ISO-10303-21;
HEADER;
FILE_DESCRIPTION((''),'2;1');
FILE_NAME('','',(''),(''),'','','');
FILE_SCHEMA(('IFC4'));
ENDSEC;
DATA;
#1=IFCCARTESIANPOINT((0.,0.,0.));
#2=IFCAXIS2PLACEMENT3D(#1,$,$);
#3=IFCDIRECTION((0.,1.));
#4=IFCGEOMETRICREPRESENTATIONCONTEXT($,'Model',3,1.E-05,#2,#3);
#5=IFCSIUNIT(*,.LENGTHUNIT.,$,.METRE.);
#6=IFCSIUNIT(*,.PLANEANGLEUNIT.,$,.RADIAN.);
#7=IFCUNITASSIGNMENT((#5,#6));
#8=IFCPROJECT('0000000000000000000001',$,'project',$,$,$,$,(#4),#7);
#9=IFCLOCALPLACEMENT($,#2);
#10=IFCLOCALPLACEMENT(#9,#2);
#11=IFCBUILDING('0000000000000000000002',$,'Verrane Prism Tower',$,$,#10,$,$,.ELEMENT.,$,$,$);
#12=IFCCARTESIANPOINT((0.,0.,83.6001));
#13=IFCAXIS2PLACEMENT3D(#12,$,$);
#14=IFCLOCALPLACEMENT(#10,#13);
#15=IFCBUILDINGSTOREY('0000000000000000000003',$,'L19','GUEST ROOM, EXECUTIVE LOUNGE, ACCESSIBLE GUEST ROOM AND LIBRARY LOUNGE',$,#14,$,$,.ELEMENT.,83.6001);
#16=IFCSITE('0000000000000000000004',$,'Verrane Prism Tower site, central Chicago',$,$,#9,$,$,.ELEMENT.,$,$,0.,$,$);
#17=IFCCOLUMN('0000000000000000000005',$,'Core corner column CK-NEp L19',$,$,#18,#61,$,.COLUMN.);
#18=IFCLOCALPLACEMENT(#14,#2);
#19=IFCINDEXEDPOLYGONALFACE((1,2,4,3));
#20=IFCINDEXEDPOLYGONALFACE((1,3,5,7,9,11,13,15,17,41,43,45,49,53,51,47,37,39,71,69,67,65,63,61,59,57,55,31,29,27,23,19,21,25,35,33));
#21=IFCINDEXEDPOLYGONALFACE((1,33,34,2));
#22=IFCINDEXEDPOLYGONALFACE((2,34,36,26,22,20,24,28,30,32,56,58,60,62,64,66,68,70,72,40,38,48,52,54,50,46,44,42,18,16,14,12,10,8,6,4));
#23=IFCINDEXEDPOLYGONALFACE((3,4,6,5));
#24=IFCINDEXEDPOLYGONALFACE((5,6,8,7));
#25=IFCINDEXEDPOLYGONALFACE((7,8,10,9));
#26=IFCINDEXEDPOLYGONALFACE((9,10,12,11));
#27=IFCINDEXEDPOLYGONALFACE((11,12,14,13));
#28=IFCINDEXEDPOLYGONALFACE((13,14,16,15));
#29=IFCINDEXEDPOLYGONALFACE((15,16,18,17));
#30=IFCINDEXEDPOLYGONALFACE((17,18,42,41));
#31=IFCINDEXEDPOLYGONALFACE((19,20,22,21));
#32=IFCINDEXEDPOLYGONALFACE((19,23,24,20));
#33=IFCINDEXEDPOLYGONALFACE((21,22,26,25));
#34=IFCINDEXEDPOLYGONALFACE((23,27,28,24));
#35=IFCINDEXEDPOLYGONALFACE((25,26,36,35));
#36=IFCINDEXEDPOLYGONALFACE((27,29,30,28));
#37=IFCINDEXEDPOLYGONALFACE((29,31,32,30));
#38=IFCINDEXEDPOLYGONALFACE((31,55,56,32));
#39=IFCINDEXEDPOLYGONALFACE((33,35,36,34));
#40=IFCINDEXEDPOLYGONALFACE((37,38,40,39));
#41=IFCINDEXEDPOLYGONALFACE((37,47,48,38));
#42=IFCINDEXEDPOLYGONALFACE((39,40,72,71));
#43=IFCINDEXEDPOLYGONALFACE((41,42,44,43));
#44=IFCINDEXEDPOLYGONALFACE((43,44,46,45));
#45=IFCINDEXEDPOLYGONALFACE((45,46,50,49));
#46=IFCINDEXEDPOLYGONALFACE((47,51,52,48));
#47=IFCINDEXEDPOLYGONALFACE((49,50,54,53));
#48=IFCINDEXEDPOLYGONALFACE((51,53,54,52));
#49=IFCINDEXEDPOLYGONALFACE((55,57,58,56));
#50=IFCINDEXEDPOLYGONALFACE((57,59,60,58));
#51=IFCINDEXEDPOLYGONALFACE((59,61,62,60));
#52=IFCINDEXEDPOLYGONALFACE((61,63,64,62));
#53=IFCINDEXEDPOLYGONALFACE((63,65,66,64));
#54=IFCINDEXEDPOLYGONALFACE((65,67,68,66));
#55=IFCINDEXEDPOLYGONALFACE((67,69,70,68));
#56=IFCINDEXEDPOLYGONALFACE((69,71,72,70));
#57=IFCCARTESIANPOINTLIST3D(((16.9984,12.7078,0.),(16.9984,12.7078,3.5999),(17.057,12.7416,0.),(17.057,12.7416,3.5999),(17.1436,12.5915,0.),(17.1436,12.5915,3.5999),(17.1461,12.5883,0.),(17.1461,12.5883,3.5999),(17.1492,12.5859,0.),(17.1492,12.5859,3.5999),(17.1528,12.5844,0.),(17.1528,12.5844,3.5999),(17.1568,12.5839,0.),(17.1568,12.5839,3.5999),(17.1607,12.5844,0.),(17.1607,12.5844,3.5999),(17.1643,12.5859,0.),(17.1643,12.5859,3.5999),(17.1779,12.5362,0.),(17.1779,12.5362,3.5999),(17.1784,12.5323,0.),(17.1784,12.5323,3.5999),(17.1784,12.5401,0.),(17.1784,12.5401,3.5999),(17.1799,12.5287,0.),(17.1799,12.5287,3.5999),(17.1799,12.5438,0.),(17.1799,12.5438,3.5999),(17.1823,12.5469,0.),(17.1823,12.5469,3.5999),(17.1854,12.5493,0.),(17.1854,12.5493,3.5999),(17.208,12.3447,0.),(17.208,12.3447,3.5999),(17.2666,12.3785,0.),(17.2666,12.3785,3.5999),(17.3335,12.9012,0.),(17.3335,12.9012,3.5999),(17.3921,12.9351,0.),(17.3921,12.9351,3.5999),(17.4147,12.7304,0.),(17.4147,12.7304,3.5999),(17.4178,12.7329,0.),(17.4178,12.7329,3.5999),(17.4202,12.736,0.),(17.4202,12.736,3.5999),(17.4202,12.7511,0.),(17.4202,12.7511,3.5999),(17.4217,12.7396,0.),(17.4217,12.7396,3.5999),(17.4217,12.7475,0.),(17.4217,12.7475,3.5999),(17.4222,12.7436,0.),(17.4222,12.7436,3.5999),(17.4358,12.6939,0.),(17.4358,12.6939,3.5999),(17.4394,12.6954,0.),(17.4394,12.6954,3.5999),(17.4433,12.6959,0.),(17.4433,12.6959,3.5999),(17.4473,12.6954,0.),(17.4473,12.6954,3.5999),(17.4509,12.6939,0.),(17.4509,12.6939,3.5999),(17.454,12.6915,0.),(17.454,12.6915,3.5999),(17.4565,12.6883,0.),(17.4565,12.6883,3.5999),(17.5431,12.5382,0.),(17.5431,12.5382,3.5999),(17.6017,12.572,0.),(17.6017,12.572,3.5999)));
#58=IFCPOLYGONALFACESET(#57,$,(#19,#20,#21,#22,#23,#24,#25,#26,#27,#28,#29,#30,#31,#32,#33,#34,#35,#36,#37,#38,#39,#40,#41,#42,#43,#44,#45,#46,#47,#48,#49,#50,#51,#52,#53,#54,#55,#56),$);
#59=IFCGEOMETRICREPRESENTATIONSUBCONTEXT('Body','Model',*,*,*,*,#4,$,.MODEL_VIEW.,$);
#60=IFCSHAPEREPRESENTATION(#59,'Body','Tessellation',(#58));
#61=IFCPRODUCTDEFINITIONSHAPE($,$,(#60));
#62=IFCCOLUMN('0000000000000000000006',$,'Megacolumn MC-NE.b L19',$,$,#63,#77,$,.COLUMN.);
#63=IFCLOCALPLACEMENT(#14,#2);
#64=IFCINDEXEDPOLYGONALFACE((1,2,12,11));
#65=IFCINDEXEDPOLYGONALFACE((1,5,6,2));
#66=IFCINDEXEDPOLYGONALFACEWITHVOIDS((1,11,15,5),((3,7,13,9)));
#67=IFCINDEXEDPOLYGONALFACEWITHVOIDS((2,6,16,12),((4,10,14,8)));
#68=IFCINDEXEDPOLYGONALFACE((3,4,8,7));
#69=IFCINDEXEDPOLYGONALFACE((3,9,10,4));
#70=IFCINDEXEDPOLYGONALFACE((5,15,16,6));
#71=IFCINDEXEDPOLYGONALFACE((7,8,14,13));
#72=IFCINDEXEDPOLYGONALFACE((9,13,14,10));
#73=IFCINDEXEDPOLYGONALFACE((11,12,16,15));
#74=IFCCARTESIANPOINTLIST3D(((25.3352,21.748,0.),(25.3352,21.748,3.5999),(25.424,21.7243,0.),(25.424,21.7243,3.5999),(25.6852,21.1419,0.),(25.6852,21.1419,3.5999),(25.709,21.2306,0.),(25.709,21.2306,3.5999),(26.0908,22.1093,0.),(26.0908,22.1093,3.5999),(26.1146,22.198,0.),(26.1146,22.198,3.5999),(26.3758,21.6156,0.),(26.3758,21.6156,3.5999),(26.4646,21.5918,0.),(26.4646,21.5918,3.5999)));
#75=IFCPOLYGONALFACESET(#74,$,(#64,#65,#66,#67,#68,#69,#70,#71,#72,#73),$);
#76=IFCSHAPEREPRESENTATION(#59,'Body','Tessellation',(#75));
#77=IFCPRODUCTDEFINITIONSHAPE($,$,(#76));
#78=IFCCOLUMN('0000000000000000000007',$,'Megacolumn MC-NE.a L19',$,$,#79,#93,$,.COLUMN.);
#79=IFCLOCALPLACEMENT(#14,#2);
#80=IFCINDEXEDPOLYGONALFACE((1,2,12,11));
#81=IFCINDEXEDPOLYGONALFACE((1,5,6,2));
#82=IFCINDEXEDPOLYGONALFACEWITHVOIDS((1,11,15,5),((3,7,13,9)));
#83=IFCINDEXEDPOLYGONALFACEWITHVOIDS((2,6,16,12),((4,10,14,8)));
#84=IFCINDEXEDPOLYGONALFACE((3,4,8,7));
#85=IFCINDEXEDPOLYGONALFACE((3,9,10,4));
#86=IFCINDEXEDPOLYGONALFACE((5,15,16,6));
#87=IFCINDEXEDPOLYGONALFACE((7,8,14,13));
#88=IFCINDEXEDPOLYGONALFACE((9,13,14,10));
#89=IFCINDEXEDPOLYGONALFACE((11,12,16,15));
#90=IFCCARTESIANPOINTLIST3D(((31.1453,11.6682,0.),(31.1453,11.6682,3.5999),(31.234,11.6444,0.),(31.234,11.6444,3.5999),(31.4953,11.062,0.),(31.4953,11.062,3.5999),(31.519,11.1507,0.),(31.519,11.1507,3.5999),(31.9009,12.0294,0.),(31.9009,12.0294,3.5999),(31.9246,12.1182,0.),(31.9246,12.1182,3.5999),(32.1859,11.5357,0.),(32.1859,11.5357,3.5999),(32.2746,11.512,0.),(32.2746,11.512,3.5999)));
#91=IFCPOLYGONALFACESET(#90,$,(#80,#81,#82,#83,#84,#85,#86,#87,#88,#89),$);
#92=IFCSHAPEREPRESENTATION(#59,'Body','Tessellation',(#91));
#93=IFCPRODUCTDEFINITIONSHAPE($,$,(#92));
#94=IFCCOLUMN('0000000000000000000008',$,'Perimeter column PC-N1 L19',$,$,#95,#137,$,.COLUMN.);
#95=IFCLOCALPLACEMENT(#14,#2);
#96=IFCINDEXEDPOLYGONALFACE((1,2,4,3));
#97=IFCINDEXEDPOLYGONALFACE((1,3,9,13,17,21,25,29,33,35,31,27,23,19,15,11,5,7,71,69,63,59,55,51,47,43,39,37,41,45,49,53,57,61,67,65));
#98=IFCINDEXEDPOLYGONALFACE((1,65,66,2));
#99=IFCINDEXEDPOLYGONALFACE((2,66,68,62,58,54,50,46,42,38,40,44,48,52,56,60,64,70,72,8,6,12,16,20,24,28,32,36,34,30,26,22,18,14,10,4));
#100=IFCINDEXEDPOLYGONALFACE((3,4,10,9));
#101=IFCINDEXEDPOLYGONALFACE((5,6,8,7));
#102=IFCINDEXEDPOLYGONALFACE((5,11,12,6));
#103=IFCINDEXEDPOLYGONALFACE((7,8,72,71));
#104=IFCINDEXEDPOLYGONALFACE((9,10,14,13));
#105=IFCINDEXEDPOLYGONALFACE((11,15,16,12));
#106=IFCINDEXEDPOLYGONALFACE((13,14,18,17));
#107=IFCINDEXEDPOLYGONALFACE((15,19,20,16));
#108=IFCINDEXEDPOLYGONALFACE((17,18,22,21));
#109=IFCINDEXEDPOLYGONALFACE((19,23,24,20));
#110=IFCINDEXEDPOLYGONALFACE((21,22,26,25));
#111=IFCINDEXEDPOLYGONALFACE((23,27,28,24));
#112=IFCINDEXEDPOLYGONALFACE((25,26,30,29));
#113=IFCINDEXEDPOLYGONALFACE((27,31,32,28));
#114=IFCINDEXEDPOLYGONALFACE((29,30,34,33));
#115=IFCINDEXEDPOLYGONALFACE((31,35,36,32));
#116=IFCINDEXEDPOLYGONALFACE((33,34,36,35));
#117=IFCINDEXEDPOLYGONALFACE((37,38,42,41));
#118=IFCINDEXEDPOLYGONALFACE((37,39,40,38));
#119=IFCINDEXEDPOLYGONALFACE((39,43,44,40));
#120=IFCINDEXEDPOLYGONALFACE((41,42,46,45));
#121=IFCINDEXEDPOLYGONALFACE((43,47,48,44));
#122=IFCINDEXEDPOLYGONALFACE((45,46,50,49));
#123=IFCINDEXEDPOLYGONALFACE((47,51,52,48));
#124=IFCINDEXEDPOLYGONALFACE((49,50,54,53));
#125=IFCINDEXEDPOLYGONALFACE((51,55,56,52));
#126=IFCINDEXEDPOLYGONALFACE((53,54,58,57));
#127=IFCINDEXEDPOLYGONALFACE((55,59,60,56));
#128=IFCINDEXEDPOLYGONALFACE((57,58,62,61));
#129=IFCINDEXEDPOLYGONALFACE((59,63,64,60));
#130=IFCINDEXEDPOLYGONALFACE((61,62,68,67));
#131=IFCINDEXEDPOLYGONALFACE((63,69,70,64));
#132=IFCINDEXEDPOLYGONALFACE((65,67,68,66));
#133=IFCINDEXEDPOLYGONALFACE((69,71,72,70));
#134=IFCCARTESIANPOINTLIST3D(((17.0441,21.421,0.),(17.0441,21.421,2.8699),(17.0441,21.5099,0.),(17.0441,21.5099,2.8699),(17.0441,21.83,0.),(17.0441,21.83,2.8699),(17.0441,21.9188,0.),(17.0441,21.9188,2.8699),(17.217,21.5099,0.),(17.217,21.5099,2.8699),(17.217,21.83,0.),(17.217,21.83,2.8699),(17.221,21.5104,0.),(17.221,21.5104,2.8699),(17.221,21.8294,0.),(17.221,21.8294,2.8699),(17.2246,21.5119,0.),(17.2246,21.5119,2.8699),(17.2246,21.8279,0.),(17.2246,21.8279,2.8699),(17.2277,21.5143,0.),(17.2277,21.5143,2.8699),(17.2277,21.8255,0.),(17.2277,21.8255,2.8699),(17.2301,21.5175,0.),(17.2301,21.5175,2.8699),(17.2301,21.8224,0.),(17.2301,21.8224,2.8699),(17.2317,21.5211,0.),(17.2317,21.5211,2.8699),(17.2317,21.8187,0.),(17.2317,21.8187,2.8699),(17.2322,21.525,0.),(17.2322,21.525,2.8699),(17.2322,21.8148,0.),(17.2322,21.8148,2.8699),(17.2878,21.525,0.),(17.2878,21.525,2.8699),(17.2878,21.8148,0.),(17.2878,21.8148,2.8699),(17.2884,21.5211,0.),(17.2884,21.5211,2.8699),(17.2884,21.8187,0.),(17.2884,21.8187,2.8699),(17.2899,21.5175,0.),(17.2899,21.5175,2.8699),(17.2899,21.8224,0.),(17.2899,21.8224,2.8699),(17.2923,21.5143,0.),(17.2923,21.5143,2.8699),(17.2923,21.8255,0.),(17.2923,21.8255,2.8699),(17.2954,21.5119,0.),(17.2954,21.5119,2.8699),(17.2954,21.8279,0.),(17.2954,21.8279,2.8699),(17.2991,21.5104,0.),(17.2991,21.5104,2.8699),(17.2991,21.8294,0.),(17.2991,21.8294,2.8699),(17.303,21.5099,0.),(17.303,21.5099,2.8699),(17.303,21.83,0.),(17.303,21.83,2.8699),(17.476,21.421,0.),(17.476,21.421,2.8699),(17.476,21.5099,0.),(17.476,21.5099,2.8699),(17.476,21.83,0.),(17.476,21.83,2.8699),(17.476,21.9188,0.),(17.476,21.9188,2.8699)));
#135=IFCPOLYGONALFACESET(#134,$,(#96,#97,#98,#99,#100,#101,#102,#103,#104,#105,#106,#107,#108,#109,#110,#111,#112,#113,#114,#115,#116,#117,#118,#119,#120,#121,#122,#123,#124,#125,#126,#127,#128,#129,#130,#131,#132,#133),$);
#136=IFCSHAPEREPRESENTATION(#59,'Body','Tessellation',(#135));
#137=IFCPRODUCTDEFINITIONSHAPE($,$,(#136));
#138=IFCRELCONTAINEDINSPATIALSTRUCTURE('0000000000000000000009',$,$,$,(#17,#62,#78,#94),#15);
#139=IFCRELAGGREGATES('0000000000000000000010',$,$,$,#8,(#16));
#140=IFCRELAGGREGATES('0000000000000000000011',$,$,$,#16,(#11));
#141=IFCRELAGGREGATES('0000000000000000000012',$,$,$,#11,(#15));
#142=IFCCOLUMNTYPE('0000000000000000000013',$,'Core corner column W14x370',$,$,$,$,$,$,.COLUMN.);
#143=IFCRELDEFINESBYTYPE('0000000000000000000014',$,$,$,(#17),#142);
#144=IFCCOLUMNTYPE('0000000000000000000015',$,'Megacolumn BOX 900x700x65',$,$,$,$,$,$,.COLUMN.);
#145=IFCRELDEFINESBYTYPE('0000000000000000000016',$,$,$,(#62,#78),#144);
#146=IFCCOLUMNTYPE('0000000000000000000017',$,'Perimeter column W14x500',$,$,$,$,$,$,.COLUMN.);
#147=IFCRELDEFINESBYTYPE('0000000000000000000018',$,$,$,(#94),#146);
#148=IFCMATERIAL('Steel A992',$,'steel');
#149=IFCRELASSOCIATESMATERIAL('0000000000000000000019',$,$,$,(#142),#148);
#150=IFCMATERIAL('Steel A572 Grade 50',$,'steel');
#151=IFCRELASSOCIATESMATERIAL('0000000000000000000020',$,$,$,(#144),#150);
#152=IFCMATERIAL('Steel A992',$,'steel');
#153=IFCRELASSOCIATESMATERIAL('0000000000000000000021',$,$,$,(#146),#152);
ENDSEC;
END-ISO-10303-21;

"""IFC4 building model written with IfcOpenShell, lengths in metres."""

from ifc_helpers import new_model, si_unit, direction, frame, origin, origin_2d, place, context, subcontext, project, spatial, hollow_rectangle, i_section, extrude, material, material_profile, profile_set, type_object, element, save


model = new_model("IFC4")

# Units and contexts
model_context = context("Model", 3, precision=1e-05, world=origin(), true_north=direction((0.0, 1.0)))
body_context = subcontext(model_context, "Body", "Model", "MODEL_VIEW")
ifc_project = project(units=[si_unit("LENGTHUNIT", "METRE"), si_unit("PLANEANGLEUNIT", "RADIAN")], contexts=[model_context])

# Site, building, storey
site_placement = place(None, origin())
site = spatial("IfcSite", under=ifc_project, at=site_placement, Name="Verrane Prism Tower site, central Chicago", CompositionType="ELEMENT", RefElevation=0.0)
building_placement = place(site_placement, origin())
building = spatial("IfcBuilding", under=site, at=building_placement, Name="Verrane Prism Tower", CompositionType="ELEMENT")
storey_placement = place(building_placement, frame((0.0, 0.0, 83.6001)))
storey = spatial("IfcBuildingStorey", under=building, at=storey_placement, Name="L19", Description="GUEST ROOM, EXECUTIVE LOUNGE, ACCESSIBLE GUEST ROOM AND LIBRARY LOUNGE", CompositionType="ELEMENT", Elevation=83.6001)

# Columns
ifc_material_1 = material(Name="Steel A992", Category="steel")
ifc_material_profile_1 = material_profile(ifc_material_1, i_section(OverallWidth=0.4192, OverallDepth=0.4546, WebThickness=0.0422, FlangeThickness=0.0676, FilletRadius=0.0151, at=origin_2d()), Name="W14x370")
ifc_profile_set_1 = profile_set([ifc_material_profile_1], Name="Steel A992")
column_type_1 = type_object("IfcColumnType", Name="Core corner column W14x370", PredefinedType="COLUMN", material=ifc_profile_set_1)
column_1_placement = place(storey_placement, frame((17.3, 12.6399, 0.0), z_axis=(0.0, 0.0, 1.0), x_axis=(0.5, -0.866025, 0.0)))
element("IfcColumn", 1, at=column_1_placement, inside=storey, type_object=column_type_1, Name="Core corner column CK-NEp L19", PredefinedType="COLUMN", context=body_context, shape_type="SweptSolid", body=[
    extrude(i_section(OverallWidth=0.4192, OverallDepth=0.4546, WebThickness=0.0422, FlangeThickness=0.0676, FilletRadius=0.0151, at=origin_2d()), origin(), (0.0, 0.0, 1.0), 3.5999),
])
ifc_material_2 = material(Name="Steel A572 Grade 50", Category="steel")
ifc_material_profile_2 = material_profile(ifc_material_2, hollow_rectangle(XDim=0.7, YDim=0.8999, WallThickness=0.0649, at=origin_2d()), Name="BOX 900x700x65")
ifc_profile_set_2 = profile_set([ifc_material_profile_2], Name="Steel A572 Grade 50")
column_type_2 = type_object("IfcColumnType", Name="Megacolumn BOX 900x700x65", PredefinedType="COLUMN", material=ifc_profile_set_2)
for number, where, z_axis, x_axis, name in (
    (2, (25.8999, 21.6699, 0.0), (0.0, 0.0, 1.0), (0.5, -0.866025, 0.0), "Megacolumn MC-NE.b L19"),
    (3, (31.71, 11.5901, 0.0), (0.0, 0.0, 1.0), (0.5, -0.866025, 0.0), "Megacolumn MC-NE.a L19"),
):
    element("IfcColumn", number, at=place(storey_placement, frame(where, z_axis=z_axis, x_axis=x_axis)), inside=storey, type_object=column_type_2, Name=name, PredefinedType="COLUMN", context=body_context, shape_type="SweptSolid", body=[
        extrude(hollow_rectangle(XDim=0.7, YDim=0.8999, WallThickness=0.0649, at=origin_2d()), origin(), (0.0, 0.0, 1.0), 3.5999),
    ])
ifc_material_3 = material(Name="Steel A992", Category="steel")
ifc_material_profile_3 = material_profile(ifc_material_3, i_section(OverallWidth=0.4319, OverallDepth=0.4978, WebThickness=0.0557, FlangeThickness=0.0889, FilletRadius=0.0151, at=origin_2d()), Name="W14x500")
ifc_profile_set_3 = profile_set([ifc_material_profile_3], Name="Steel A992")
column_type_3 = type_object("IfcColumnType", Name="Perimeter column W14x500", PredefinedType="COLUMN", material=ifc_profile_set_3)
column_2_placement = place(storey_placement, frame((17.26, 21.6699, 0.0), z_axis=(0.0, 0.0, 1.0), x_axis=(1.0, 0.0, 0.0)))
element("IfcColumn", 4, at=column_2_placement, inside=storey, type_object=column_type_3, Name="Perimeter column PC-N1 L19", PredefinedType="COLUMN", context=body_context, shape_type="SweptSolid", body=[
    extrude(i_section(OverallWidth=0.4319, OverallDepth=0.4978, WebThickness=0.0557, FlangeThickness=0.0889, FilletRadius=0.0151, at=origin_2d()), origin(), (0.0, 0.0, 1.0), 2.8699),
])

save(model, "model.ifc")
